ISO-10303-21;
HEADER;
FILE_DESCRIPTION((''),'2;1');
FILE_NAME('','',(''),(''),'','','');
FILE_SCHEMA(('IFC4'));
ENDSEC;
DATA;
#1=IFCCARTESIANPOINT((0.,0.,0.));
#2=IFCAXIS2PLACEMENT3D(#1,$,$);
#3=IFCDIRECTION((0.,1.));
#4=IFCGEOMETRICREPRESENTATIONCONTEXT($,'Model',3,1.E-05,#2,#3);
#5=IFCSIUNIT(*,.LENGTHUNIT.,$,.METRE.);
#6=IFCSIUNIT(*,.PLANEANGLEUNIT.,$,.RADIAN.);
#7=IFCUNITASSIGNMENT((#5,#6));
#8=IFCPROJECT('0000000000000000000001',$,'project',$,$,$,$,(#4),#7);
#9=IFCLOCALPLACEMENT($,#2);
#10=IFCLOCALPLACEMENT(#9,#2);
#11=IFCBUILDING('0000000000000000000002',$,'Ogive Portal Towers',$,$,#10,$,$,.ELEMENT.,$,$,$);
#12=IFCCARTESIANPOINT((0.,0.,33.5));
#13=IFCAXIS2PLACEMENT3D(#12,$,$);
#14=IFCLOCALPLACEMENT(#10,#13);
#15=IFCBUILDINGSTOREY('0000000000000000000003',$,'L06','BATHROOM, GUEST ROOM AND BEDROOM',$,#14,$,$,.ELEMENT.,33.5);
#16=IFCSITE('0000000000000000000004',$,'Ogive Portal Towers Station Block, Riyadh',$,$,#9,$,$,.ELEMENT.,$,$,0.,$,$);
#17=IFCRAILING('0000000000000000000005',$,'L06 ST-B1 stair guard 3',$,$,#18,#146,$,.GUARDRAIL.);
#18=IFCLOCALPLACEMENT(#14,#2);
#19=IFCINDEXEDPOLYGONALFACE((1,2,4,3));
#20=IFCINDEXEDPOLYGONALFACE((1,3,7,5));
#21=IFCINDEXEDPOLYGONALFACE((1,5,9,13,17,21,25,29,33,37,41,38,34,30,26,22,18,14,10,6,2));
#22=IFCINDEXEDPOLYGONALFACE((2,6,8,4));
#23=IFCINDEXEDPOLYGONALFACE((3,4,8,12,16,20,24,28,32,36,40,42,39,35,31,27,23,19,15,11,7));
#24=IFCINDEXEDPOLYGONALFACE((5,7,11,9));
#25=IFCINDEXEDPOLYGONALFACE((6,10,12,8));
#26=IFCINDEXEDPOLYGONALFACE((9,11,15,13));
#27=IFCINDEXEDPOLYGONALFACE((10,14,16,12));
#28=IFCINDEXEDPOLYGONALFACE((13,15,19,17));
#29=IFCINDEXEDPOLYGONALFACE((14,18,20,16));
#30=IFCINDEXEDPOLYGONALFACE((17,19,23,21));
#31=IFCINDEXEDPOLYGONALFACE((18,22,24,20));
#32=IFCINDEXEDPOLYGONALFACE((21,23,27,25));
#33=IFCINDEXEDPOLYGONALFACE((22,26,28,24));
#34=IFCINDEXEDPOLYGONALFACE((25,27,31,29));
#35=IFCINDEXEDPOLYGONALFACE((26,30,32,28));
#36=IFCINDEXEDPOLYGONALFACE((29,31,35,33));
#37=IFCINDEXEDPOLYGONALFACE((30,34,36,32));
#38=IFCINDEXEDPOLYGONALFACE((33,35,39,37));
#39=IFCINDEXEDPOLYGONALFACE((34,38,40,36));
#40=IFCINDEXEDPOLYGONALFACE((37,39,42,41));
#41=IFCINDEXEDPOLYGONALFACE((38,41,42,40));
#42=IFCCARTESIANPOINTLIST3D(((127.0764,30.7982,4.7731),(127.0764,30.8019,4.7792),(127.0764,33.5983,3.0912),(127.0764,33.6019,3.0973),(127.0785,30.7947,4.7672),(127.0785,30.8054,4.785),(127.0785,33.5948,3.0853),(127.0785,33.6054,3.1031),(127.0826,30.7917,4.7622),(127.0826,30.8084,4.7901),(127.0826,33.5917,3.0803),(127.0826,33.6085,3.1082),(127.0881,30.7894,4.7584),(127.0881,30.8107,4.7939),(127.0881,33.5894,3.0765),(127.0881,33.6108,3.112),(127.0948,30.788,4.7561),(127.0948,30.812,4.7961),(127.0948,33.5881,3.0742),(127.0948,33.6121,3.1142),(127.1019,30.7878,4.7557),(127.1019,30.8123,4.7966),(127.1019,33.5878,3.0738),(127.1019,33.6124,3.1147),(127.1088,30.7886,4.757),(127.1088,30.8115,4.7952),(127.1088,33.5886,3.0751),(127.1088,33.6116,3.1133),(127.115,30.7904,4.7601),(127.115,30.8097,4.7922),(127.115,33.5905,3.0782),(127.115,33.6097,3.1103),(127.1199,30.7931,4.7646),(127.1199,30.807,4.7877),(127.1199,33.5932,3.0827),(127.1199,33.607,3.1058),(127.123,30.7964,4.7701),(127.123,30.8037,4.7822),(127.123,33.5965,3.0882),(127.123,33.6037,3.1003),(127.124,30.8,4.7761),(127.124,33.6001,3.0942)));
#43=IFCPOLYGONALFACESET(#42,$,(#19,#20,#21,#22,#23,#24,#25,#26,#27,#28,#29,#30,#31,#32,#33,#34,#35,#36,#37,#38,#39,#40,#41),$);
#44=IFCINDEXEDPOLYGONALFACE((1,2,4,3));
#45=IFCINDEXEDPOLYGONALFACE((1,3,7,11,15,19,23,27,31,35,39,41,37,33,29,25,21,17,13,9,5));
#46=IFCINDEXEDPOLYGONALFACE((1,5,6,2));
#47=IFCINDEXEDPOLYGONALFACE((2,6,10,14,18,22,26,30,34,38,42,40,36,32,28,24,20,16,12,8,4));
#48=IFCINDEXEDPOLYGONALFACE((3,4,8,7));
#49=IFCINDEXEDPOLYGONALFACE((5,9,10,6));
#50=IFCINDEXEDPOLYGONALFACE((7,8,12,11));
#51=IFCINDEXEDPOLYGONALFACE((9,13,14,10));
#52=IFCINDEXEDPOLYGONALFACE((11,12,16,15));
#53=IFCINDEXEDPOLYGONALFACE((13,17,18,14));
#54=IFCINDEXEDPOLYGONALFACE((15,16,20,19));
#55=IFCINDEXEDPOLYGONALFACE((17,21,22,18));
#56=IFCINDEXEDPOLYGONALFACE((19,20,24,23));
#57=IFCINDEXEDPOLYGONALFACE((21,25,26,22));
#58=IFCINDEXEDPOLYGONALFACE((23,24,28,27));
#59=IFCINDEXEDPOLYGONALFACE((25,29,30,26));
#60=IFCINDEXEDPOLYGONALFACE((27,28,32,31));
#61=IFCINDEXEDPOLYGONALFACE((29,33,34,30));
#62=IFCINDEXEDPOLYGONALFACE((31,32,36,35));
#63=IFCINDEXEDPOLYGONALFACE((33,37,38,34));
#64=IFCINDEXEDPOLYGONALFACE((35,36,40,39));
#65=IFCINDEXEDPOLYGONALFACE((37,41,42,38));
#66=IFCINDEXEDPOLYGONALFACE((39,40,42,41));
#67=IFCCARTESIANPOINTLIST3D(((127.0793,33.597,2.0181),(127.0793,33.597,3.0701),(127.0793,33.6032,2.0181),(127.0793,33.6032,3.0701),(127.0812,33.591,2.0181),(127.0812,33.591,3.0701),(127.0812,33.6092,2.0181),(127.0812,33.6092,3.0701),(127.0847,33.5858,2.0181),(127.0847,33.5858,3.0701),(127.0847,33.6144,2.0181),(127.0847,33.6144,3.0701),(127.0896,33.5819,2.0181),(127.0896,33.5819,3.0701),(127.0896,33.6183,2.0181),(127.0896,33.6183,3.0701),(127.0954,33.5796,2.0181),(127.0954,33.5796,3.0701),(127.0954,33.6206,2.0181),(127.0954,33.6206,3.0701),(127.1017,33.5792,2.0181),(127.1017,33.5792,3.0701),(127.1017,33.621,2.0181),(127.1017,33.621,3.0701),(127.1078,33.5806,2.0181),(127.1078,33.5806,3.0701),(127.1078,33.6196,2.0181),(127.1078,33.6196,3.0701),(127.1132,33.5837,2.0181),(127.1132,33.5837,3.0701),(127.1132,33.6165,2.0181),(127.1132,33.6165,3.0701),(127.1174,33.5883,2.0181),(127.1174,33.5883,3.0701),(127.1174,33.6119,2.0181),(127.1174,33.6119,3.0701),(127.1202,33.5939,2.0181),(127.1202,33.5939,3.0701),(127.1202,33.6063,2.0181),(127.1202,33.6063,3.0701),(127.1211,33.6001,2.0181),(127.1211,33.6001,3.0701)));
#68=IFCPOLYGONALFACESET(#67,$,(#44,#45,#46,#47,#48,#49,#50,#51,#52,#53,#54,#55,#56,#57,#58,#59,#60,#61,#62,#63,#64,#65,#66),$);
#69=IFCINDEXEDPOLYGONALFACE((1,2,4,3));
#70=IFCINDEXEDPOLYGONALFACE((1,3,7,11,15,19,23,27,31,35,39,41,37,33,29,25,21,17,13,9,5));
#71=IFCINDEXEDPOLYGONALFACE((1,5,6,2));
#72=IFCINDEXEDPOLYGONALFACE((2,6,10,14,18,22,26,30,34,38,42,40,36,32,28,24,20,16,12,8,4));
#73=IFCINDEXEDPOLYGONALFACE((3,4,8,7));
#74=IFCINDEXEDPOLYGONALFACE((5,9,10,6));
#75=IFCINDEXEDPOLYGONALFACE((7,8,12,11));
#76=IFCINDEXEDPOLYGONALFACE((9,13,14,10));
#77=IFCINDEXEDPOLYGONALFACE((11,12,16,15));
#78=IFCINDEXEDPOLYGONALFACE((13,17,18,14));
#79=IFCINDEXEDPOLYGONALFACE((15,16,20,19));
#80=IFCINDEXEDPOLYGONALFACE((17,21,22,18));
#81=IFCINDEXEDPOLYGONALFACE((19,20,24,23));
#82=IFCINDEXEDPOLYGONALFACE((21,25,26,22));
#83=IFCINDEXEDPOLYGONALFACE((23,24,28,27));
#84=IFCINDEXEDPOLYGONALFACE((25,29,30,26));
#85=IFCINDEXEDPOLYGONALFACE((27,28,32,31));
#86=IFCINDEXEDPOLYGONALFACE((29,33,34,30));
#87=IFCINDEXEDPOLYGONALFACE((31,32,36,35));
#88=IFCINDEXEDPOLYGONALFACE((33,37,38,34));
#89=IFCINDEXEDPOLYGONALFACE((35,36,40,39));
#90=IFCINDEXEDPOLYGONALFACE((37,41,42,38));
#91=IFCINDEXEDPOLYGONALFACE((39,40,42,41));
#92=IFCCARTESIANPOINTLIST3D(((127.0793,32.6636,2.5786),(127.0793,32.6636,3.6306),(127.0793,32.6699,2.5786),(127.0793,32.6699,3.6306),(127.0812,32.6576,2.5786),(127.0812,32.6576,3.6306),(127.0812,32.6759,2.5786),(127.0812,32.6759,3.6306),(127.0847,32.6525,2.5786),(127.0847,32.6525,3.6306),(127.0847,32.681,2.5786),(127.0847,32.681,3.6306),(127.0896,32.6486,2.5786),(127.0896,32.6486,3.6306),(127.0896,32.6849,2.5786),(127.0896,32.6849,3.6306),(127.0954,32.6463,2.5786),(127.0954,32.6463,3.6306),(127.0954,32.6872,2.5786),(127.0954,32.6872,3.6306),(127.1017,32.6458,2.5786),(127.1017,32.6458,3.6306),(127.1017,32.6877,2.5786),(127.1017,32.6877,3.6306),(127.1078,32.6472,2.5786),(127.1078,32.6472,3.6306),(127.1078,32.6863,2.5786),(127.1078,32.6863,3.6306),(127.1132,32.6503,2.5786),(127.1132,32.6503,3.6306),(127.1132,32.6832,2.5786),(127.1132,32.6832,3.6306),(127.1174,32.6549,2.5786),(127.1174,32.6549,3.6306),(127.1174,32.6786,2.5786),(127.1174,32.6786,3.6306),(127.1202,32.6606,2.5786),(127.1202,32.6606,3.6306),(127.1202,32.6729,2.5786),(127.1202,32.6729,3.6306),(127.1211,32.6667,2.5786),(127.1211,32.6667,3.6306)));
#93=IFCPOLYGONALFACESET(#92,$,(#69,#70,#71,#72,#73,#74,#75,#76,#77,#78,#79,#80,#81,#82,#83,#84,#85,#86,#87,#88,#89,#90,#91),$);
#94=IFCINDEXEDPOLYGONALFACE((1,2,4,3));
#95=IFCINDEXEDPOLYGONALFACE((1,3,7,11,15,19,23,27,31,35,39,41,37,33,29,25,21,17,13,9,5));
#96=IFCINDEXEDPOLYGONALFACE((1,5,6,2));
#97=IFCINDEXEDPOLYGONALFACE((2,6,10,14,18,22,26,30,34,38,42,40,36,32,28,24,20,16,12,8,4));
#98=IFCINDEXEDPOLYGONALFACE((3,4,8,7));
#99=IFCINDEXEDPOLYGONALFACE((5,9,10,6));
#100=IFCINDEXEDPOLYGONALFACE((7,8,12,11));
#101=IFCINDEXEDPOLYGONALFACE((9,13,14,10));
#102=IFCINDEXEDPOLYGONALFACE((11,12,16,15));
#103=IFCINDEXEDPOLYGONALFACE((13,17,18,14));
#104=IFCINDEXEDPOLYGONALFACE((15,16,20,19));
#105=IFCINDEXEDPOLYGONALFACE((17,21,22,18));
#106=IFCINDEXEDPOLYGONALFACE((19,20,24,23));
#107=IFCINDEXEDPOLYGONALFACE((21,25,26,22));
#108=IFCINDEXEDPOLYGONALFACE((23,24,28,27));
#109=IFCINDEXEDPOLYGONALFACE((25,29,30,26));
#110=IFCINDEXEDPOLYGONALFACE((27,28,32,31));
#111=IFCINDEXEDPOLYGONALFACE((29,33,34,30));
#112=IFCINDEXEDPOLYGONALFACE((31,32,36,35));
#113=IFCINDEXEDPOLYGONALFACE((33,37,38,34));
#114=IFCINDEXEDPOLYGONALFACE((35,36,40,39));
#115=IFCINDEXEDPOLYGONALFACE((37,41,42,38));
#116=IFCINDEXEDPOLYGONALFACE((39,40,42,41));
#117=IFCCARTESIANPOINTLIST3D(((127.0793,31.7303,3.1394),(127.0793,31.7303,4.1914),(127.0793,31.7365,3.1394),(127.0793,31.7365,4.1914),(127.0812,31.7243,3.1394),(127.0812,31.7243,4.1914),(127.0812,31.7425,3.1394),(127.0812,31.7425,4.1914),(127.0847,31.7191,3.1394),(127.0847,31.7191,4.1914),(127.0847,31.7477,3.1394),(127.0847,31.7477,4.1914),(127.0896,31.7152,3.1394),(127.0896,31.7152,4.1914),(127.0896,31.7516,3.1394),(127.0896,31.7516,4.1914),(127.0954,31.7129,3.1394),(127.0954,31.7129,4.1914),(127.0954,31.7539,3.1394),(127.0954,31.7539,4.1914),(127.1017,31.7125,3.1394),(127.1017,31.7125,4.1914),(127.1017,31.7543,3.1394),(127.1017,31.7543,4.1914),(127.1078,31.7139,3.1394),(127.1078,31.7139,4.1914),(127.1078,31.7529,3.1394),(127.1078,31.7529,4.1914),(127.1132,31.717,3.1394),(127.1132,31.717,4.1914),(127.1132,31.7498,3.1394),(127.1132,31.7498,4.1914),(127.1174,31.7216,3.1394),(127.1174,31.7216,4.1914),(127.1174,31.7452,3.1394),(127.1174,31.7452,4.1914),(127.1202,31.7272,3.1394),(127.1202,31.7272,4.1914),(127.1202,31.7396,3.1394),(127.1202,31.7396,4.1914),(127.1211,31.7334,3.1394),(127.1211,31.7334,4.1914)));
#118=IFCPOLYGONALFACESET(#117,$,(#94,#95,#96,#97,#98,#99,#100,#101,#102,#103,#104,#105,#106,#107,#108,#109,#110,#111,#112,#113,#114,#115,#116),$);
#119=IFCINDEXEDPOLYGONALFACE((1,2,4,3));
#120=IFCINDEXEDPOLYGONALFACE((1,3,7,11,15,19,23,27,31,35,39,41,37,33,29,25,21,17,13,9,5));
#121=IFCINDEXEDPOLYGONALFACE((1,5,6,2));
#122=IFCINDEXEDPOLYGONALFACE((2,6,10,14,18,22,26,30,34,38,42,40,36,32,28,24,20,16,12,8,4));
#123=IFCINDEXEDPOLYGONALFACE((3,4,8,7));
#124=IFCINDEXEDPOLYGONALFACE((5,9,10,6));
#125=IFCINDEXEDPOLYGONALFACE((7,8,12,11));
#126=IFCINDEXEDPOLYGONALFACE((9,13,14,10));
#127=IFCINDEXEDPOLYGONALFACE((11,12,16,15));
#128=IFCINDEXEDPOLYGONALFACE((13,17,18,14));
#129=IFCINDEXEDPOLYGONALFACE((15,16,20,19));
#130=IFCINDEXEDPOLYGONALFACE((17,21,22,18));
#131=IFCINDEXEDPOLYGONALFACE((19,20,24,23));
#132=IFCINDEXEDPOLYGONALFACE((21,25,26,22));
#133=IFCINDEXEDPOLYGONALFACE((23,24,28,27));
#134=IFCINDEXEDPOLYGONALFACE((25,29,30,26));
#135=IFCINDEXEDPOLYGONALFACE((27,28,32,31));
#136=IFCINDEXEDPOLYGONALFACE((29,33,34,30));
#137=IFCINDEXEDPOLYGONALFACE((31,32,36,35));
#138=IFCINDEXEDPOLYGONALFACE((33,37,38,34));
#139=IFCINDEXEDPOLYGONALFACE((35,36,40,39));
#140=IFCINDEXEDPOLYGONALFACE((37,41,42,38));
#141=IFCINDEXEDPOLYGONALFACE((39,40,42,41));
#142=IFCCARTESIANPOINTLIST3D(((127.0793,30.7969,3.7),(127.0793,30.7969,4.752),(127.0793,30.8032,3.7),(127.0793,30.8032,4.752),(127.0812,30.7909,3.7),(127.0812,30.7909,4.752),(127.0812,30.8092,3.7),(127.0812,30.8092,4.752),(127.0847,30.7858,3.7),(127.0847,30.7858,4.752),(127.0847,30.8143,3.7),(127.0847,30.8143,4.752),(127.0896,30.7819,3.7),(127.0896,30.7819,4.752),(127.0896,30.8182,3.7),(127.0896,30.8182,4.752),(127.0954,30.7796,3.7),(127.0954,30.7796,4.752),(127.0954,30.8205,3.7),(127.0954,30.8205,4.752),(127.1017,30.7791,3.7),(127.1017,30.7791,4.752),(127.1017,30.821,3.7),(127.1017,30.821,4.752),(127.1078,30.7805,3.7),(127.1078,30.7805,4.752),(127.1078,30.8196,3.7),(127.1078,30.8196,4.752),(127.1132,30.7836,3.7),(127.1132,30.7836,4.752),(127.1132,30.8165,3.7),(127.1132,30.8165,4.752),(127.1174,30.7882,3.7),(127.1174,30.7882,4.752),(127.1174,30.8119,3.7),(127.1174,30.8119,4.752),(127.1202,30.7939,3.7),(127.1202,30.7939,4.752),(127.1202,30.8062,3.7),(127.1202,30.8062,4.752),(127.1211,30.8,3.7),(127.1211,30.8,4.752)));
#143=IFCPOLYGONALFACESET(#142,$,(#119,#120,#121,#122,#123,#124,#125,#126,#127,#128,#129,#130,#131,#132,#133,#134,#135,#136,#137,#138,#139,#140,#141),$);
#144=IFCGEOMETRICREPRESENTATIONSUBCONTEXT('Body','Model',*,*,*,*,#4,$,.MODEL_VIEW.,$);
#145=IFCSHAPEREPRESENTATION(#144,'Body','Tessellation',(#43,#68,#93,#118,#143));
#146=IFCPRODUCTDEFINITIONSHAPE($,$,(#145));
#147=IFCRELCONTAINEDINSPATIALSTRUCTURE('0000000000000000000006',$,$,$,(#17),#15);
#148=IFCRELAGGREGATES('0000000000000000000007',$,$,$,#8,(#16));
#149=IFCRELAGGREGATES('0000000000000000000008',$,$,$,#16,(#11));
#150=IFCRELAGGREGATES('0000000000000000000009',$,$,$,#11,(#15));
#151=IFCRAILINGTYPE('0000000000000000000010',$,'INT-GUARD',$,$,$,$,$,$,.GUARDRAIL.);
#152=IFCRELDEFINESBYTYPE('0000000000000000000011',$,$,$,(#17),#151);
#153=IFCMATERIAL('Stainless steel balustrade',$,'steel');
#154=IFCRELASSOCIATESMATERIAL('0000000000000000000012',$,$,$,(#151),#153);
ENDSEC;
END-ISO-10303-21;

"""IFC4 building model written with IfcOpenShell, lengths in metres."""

from ifc_helpers import new_model, si_unit, direction, frame, origin, origin_2d, place, context, subcontext, project, spatial, circle, extrude, material, type_object, element, save


model = new_model("IFC4")

# Units and contexts
model_context = context("Model", 3, precision=1e-05, world=origin(), true_north=direction((0.0, 1.0)))
body_context = subcontext(model_context, "Body", "Model", "MODEL_VIEW")
ifc_project = project(units=[si_unit("LENGTHUNIT", "METRE"), si_unit("PLANEANGLEUNIT", "RADIAN")], contexts=[model_context])

# Site, building, storey
site_placement = place(None, origin())
site = spatial("IfcSite", under=ifc_project, at=site_placement, Name="Ogive Portal Towers Station Block, Riyadh", CompositionType="ELEMENT", RefElevation=0.0)
building_placement = place(site_placement, origin())
building = spatial("IfcBuilding", under=site, at=building_placement, Name="Ogive Portal Towers", CompositionType="ELEMENT")
storey_placement = place(building_placement, frame((0.0, 0.0, 33.5)))
storey = spatial("IfcBuildingStorey", under=building, at=storey_placement, Name="L06", Description="BATHROOM, GUEST ROOM AND BEDROOM", CompositionType="ELEMENT", Elevation=33.5)

# Railing
ifc_material_1 = material(Name="Stainless steel balustrade", Category="steel")
railing_type_1 = type_object("IfcRailingType", Name="INT-GUARD", PredefinedType="GUARDRAIL", material=ifc_material_1)
railing_1_placement = place(storey_placement, frame((127.1001, 33.6001, 2.0181)))
element("IfcRailing", 1, at=railing_1_placement, inside=storey, type_object=railing_type_1, Name="L06 ST-B1 stair guard 3", PredefinedType="GUARDRAIL", context=body_context, shape_type="SweptSolid", body=[
    extrude(circle(Radius=0.0239, at=origin_2d()), frame((0.0, 0.0, 1.0762), z_axis=(0.0, -0.857242, 0.514913), x_axis=(1.0, 0.0, 0.0)), (0.0, 0.0, 1.0), 3.2664),
    extrude(circle(Radius=0.021, at=origin_2d()), origin(), (0.0, 0.0, 1.0), 1.052),
    extrude(circle(Radius=0.021, at=origin_2d()), frame((0.0, -0.9333, 0.5605)), (0.0, 0.0, 1.0), 1.052),
    extrude(circle(Radius=0.021, at=origin_2d()), frame((0.0, -1.8667, 1.1213)), (0.0, 0.0, 1.0), 1.052),
    extrude(circle(Radius=0.021, at=origin_2d()), frame((0.0, -2.8, 1.6819)), (0.0, 0.0, 1.0), 1.052),
])

save(model, "model.ifc")
